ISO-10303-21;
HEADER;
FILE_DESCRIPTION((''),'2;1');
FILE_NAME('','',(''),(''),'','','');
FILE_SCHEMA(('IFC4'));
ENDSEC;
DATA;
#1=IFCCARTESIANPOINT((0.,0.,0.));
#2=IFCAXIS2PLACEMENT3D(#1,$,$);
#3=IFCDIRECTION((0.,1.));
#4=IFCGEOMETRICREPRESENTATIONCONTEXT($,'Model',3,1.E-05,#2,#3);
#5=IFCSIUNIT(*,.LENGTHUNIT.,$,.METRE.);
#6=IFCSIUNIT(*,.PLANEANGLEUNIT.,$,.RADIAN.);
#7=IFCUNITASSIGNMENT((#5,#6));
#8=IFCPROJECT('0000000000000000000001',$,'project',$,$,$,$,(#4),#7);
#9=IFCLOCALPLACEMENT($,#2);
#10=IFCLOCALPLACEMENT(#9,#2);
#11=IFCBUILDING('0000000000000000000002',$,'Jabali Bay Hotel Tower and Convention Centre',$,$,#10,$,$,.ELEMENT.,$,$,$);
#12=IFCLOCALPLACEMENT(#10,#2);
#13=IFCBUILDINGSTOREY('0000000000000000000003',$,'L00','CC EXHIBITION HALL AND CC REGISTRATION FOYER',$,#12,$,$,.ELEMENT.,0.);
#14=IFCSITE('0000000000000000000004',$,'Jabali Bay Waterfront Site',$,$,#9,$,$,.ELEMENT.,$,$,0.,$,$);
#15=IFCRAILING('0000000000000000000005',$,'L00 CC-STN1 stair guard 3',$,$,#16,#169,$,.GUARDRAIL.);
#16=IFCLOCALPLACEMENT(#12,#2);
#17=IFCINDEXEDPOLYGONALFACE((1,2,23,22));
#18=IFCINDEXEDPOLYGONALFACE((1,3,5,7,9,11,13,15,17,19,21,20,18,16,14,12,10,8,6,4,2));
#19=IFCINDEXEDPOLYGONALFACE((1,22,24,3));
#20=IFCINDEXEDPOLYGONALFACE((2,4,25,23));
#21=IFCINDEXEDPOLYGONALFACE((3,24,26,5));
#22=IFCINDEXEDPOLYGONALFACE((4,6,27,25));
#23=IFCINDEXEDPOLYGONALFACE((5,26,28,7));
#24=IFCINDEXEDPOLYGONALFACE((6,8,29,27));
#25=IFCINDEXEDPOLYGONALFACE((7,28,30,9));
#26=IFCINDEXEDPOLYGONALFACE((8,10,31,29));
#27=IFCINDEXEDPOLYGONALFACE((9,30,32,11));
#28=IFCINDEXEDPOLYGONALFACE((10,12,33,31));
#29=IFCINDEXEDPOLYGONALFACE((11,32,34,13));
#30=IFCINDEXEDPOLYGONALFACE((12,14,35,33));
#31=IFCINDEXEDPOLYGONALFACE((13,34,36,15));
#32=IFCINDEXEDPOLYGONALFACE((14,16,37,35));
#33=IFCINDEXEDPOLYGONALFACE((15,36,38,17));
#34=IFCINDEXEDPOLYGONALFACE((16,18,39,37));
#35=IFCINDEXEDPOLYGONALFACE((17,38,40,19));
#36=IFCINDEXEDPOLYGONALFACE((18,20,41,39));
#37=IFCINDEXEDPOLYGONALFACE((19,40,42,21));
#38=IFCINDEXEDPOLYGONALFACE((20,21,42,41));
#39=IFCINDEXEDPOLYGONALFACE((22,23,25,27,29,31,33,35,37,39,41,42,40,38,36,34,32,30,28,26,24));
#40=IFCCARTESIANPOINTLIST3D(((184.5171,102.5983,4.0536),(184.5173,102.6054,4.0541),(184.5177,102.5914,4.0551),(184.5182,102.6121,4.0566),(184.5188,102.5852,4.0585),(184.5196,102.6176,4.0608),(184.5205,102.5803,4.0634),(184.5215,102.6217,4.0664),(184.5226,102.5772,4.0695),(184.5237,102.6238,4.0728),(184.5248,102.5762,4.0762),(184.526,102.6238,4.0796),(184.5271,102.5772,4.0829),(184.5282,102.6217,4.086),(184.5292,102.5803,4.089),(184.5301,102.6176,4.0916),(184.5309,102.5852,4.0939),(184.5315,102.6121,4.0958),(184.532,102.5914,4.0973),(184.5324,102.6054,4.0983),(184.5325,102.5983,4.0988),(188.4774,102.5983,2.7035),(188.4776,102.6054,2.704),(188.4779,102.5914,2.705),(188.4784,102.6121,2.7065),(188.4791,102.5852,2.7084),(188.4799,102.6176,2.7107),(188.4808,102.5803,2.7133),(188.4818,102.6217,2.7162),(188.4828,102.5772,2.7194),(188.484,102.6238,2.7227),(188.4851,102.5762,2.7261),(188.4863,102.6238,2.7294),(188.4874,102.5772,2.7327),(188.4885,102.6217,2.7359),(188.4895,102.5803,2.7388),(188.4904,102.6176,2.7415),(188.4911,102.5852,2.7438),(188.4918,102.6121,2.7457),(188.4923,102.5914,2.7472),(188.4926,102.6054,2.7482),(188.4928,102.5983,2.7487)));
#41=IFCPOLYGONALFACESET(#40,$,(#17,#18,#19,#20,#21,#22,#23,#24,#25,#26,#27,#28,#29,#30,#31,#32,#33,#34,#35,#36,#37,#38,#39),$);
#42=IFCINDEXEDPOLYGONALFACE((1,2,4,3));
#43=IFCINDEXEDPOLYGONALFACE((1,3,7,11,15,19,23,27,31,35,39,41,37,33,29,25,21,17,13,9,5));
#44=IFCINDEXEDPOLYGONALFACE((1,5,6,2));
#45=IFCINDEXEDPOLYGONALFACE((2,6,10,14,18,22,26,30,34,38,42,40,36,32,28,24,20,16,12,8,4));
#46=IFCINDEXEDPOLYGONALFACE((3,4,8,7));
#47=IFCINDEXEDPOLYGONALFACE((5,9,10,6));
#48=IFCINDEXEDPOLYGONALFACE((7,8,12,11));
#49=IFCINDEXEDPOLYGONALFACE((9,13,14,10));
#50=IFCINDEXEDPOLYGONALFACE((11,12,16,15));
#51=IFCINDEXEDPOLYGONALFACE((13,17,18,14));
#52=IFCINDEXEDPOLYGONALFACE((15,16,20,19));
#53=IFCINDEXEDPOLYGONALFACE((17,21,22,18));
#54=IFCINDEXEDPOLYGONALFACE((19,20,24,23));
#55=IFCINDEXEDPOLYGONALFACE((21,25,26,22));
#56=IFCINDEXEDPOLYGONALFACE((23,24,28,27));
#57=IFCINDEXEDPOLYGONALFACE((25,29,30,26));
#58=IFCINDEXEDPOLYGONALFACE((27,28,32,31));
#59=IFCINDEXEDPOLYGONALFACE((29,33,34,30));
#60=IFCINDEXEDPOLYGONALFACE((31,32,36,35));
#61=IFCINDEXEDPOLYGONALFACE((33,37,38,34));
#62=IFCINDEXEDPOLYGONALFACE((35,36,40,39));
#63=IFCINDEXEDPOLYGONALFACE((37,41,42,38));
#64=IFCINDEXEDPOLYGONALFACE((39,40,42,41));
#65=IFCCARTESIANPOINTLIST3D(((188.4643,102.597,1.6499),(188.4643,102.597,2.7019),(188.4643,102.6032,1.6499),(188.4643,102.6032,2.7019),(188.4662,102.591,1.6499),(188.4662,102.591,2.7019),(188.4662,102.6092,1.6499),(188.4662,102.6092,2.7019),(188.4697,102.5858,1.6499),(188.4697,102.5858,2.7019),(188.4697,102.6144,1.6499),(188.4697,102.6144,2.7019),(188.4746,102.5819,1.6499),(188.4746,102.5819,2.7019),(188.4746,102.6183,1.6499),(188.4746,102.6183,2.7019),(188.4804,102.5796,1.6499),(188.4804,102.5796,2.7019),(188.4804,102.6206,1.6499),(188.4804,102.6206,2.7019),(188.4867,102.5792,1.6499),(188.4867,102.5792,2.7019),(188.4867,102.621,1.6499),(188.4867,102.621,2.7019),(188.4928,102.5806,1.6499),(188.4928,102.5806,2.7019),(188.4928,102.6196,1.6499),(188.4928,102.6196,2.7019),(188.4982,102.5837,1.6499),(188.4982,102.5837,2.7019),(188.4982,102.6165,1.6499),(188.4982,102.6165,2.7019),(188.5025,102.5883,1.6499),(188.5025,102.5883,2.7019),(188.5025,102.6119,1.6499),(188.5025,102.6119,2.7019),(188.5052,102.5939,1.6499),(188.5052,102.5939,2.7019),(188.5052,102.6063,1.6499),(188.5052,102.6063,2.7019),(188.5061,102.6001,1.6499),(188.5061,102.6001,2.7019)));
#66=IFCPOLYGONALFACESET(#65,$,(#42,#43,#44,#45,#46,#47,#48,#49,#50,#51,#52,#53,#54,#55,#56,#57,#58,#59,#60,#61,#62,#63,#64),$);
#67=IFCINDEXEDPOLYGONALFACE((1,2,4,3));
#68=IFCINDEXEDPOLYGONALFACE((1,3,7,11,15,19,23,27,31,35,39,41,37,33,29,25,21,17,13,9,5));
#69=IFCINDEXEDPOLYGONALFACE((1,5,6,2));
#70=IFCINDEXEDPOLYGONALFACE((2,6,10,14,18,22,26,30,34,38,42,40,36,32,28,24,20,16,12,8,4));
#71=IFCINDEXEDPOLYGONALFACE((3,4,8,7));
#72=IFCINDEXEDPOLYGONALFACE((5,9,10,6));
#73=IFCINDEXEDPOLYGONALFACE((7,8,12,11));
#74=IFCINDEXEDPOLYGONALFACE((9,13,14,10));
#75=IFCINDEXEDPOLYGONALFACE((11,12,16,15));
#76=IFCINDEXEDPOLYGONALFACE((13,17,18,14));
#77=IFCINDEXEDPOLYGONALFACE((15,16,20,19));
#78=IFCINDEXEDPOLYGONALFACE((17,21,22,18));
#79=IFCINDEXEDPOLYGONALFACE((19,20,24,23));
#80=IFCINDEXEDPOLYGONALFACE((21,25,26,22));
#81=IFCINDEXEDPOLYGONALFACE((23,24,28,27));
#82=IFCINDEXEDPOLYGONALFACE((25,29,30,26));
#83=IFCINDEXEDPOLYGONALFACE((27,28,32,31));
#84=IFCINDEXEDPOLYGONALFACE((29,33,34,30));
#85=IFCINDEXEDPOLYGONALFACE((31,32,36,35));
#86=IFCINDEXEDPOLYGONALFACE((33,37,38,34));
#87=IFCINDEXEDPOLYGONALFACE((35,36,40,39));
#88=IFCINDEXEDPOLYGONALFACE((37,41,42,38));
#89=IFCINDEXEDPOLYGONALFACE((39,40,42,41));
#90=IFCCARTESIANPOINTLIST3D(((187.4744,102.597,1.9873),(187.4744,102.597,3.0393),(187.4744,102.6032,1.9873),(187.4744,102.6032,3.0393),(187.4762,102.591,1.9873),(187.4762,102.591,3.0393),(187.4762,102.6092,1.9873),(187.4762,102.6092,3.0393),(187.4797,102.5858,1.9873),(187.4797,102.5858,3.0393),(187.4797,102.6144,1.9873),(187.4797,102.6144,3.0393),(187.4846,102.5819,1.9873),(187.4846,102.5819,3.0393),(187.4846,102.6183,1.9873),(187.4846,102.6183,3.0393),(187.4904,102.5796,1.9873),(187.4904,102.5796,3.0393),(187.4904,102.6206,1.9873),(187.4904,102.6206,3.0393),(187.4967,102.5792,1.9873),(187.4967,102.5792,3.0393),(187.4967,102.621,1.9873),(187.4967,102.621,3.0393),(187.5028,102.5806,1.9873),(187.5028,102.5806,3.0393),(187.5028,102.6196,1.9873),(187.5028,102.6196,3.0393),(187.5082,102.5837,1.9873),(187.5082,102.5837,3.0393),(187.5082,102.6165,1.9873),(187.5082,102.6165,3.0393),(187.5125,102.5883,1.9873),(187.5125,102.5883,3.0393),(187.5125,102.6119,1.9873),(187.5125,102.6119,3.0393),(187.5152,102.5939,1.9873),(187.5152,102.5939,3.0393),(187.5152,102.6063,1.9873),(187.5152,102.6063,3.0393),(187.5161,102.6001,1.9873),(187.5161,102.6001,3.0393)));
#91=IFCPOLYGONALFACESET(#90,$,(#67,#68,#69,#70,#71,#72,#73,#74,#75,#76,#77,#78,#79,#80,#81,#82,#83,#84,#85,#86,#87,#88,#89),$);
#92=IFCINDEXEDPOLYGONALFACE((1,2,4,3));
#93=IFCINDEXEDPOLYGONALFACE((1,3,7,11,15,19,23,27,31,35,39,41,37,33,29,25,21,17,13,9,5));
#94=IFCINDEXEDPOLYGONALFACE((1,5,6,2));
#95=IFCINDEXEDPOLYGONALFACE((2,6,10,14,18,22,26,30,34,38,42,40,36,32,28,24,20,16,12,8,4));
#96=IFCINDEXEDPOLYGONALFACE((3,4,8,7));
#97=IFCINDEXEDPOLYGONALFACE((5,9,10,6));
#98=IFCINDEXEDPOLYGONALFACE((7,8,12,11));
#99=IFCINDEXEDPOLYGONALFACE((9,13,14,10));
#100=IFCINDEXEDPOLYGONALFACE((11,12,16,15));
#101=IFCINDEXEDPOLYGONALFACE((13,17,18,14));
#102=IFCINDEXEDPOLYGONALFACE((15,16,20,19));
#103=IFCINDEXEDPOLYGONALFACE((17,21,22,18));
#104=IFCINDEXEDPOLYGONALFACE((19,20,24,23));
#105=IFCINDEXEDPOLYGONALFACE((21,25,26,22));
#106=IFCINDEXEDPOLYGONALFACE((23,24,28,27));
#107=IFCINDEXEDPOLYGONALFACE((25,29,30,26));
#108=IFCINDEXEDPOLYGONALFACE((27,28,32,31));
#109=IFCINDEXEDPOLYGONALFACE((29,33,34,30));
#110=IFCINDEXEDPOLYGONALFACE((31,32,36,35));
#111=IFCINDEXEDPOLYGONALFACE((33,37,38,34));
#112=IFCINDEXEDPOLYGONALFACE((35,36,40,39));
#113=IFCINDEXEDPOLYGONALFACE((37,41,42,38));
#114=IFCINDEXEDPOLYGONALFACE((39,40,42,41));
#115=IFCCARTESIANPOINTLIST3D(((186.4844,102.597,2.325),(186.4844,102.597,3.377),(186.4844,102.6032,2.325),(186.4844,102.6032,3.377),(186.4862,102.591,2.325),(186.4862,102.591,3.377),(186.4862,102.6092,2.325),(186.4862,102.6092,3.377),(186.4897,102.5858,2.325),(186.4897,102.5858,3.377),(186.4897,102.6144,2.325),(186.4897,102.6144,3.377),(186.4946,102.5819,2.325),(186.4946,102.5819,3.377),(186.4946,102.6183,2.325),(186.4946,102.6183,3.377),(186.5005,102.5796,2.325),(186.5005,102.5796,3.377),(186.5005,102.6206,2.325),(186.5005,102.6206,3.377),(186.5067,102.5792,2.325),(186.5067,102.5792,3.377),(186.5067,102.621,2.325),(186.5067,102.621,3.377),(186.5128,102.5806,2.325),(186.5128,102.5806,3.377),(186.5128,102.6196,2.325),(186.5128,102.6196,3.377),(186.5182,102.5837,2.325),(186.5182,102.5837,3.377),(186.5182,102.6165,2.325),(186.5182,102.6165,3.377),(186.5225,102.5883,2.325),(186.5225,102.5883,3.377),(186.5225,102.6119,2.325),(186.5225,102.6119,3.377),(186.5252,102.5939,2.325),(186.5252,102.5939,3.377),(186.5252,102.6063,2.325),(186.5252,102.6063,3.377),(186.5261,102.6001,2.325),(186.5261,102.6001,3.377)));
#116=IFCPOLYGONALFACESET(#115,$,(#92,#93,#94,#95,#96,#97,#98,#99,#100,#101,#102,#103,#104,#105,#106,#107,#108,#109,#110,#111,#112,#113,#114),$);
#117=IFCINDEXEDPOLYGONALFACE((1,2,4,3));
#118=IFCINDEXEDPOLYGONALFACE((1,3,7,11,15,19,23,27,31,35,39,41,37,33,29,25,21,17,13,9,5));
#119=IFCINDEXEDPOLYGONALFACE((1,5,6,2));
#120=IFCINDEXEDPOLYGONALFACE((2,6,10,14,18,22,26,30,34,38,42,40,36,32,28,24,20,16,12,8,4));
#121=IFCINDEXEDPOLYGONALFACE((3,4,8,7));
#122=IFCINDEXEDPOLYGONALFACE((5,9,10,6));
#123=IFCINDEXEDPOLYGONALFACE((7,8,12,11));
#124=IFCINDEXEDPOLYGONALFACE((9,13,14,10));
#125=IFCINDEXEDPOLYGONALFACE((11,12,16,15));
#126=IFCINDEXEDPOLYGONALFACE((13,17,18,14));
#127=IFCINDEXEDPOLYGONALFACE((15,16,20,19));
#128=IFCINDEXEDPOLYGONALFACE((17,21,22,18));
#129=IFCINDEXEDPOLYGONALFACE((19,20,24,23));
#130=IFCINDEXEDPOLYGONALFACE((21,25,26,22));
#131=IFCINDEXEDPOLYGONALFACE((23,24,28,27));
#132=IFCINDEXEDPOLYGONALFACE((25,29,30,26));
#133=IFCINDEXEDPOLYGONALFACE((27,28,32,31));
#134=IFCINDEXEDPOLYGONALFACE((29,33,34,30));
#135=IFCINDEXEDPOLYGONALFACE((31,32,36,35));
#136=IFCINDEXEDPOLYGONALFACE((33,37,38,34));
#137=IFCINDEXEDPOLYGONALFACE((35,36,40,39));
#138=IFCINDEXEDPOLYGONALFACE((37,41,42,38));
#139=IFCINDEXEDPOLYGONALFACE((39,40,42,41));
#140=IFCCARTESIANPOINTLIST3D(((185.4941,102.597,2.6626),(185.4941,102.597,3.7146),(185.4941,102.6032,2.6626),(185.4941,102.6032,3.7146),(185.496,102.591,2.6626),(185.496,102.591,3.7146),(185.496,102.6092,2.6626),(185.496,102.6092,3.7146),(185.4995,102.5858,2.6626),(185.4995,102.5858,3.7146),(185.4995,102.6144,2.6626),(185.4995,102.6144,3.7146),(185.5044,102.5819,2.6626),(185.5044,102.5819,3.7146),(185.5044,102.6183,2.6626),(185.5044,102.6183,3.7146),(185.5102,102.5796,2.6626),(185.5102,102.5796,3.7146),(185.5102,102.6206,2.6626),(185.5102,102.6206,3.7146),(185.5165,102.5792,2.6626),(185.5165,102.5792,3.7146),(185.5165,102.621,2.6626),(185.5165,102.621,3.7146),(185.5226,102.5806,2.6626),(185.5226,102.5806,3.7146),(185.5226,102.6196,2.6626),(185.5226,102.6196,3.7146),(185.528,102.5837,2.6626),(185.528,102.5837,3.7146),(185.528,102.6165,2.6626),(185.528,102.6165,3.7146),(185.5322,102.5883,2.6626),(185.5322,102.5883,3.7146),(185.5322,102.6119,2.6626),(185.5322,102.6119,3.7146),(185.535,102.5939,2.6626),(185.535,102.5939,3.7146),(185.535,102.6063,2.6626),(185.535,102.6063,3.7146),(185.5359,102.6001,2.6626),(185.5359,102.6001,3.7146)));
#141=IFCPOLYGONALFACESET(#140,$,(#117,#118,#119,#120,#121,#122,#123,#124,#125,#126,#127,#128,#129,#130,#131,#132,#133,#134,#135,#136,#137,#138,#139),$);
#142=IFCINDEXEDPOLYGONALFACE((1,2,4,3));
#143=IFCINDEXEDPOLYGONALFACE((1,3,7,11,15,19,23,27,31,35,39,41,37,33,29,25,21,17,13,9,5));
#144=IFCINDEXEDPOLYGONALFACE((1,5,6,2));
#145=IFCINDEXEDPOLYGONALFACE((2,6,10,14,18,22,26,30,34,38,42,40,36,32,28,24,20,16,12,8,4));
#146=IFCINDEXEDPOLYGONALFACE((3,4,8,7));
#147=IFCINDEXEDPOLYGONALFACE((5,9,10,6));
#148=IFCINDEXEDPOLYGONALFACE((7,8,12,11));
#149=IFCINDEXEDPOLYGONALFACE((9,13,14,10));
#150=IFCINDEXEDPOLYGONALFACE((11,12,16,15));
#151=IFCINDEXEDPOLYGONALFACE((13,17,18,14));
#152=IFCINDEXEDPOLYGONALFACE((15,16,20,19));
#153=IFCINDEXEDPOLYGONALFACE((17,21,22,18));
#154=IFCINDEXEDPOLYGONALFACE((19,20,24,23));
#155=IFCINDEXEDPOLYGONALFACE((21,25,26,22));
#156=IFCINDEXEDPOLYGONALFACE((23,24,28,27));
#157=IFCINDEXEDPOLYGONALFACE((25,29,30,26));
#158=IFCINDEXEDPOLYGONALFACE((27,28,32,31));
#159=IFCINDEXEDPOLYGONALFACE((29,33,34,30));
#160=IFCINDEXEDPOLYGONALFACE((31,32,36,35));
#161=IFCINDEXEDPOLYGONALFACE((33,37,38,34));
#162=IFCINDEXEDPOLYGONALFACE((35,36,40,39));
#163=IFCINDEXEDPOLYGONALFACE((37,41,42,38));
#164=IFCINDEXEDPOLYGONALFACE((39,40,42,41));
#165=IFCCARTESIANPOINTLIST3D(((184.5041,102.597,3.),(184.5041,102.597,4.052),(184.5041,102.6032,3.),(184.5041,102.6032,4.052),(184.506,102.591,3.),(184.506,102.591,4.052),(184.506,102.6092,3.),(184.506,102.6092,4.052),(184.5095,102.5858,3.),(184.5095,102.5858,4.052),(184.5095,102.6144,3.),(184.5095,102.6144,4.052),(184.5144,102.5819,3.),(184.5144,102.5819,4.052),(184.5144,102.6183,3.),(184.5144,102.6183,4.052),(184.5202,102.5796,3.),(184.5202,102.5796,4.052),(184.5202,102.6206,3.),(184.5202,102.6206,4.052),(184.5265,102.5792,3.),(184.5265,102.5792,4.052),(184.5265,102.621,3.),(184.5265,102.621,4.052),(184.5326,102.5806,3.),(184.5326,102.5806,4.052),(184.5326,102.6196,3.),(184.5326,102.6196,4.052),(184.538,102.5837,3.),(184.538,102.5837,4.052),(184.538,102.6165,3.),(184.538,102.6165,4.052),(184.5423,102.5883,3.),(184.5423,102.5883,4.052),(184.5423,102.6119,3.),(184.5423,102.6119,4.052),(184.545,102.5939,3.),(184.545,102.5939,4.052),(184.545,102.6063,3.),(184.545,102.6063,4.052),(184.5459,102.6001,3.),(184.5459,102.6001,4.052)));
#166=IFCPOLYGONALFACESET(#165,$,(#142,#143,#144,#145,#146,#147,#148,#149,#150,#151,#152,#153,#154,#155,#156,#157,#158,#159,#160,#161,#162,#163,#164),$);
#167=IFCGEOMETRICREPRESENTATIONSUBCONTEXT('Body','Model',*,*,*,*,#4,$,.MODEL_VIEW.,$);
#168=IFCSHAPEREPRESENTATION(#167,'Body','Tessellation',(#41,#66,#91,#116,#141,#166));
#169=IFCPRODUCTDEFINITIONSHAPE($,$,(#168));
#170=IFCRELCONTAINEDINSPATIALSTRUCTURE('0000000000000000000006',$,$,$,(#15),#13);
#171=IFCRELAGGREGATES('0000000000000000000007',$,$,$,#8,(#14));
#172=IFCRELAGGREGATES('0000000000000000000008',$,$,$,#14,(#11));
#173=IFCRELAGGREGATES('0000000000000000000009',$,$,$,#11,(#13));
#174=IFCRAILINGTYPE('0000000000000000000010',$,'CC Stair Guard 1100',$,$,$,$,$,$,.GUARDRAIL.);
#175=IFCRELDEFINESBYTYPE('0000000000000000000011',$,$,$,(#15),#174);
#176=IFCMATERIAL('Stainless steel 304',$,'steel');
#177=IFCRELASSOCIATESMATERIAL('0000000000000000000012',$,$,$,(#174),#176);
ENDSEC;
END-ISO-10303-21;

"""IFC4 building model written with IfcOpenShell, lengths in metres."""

from ifc_helpers import new_model, si_unit, direction, frame, origin, origin_2d, place, context, subcontext, project, spatial, circle, extrude, material, type_object, element, save


model = new_model("IFC4")

# Units and contexts
model_context = context("Model", 3, precision=1e-05, world=origin(), true_north=direction((0.0, 1.0)))
body_context = subcontext(model_context, "Body", "Model", "MODEL_VIEW")
ifc_project = project(units=[si_unit("LENGTHUNIT", "METRE"), si_unit("PLANEANGLEUNIT", "RADIAN")], contexts=[model_context])

# Site, building, storey
site_placement = place(None, origin())
site = spatial("IfcSite", under=ifc_project, at=site_placement, Name="Jabali Bay Waterfront Site", CompositionType="ELEMENT", RefElevation=0.0)
building_placement = place(site_placement, origin())
building = spatial("IfcBuilding", under=site, at=building_placement, Name="Jabali Bay Hotel Tower and Convention Centre", CompositionType="ELEMENT")
storey_placement = place(building_placement, origin())
storey = spatial("IfcBuildingStorey", under=building, at=storey_placement, Name="L00", Description="CC EXHIBITION HALL AND CC REGISTRATION FOYER", CompositionType="ELEMENT", Elevation=0.0)

# Railing
ifc_material_1 = material(Name="Stainless steel 304", Category="steel")
railing_type_1 = type_object("IfcRailingType", Name="CC Stair Guard 1100", PredefinedType="GUARDRAIL", material=ifc_material_1)
railing_1_placement = place(storey_placement, frame((188.4851, 102.6001, 1.6499)))
element("IfcRailing", 1, at=railing_1_placement, inside=storey, type_object=railing_type_1, Name="L00 CC-STN1 stair guard 3", PredefinedType="GUARDRAIL", context=body_context, shape_type="SweptSolid", body=[
    extrude(circle(Radius=0.0239, at=origin_2d()), frame((0.0, 0.0, 1.0762), z_axis=(-0.946508, 0.0, 0.32268), x_axis=(0.0, -1.0, 0.0)), (0.0, 0.0, 1.0), 4.1841),
    extrude(circle(Radius=0.021, at=origin_2d()), origin(), (0.0, 0.0, 1.0), 1.052),
    extrude(circle(Radius=0.021, at=origin_2d()), frame((-0.99, 0.0, 0.3374)), (0.0, 0.0, 1.0), 1.052),
    extrude(circle(Radius=0.021, at=origin_2d()), frame((-1.98, 0.0, 0.675)), (0.0, 0.0, 1.0), 1.052),
    extrude(circle(Radius=0.021, at=origin_2d()), frame((-2.9702, 0.0, 1.0127)), (0.0, 0.0, 1.0), 1.052),
    extrude(circle(Radius=0.021, at=origin_2d()), frame((-3.9602, 0.0, 1.3501)), (0.0, 0.0, 1.0), 1.052),
])

save(model, "model.ifc")
